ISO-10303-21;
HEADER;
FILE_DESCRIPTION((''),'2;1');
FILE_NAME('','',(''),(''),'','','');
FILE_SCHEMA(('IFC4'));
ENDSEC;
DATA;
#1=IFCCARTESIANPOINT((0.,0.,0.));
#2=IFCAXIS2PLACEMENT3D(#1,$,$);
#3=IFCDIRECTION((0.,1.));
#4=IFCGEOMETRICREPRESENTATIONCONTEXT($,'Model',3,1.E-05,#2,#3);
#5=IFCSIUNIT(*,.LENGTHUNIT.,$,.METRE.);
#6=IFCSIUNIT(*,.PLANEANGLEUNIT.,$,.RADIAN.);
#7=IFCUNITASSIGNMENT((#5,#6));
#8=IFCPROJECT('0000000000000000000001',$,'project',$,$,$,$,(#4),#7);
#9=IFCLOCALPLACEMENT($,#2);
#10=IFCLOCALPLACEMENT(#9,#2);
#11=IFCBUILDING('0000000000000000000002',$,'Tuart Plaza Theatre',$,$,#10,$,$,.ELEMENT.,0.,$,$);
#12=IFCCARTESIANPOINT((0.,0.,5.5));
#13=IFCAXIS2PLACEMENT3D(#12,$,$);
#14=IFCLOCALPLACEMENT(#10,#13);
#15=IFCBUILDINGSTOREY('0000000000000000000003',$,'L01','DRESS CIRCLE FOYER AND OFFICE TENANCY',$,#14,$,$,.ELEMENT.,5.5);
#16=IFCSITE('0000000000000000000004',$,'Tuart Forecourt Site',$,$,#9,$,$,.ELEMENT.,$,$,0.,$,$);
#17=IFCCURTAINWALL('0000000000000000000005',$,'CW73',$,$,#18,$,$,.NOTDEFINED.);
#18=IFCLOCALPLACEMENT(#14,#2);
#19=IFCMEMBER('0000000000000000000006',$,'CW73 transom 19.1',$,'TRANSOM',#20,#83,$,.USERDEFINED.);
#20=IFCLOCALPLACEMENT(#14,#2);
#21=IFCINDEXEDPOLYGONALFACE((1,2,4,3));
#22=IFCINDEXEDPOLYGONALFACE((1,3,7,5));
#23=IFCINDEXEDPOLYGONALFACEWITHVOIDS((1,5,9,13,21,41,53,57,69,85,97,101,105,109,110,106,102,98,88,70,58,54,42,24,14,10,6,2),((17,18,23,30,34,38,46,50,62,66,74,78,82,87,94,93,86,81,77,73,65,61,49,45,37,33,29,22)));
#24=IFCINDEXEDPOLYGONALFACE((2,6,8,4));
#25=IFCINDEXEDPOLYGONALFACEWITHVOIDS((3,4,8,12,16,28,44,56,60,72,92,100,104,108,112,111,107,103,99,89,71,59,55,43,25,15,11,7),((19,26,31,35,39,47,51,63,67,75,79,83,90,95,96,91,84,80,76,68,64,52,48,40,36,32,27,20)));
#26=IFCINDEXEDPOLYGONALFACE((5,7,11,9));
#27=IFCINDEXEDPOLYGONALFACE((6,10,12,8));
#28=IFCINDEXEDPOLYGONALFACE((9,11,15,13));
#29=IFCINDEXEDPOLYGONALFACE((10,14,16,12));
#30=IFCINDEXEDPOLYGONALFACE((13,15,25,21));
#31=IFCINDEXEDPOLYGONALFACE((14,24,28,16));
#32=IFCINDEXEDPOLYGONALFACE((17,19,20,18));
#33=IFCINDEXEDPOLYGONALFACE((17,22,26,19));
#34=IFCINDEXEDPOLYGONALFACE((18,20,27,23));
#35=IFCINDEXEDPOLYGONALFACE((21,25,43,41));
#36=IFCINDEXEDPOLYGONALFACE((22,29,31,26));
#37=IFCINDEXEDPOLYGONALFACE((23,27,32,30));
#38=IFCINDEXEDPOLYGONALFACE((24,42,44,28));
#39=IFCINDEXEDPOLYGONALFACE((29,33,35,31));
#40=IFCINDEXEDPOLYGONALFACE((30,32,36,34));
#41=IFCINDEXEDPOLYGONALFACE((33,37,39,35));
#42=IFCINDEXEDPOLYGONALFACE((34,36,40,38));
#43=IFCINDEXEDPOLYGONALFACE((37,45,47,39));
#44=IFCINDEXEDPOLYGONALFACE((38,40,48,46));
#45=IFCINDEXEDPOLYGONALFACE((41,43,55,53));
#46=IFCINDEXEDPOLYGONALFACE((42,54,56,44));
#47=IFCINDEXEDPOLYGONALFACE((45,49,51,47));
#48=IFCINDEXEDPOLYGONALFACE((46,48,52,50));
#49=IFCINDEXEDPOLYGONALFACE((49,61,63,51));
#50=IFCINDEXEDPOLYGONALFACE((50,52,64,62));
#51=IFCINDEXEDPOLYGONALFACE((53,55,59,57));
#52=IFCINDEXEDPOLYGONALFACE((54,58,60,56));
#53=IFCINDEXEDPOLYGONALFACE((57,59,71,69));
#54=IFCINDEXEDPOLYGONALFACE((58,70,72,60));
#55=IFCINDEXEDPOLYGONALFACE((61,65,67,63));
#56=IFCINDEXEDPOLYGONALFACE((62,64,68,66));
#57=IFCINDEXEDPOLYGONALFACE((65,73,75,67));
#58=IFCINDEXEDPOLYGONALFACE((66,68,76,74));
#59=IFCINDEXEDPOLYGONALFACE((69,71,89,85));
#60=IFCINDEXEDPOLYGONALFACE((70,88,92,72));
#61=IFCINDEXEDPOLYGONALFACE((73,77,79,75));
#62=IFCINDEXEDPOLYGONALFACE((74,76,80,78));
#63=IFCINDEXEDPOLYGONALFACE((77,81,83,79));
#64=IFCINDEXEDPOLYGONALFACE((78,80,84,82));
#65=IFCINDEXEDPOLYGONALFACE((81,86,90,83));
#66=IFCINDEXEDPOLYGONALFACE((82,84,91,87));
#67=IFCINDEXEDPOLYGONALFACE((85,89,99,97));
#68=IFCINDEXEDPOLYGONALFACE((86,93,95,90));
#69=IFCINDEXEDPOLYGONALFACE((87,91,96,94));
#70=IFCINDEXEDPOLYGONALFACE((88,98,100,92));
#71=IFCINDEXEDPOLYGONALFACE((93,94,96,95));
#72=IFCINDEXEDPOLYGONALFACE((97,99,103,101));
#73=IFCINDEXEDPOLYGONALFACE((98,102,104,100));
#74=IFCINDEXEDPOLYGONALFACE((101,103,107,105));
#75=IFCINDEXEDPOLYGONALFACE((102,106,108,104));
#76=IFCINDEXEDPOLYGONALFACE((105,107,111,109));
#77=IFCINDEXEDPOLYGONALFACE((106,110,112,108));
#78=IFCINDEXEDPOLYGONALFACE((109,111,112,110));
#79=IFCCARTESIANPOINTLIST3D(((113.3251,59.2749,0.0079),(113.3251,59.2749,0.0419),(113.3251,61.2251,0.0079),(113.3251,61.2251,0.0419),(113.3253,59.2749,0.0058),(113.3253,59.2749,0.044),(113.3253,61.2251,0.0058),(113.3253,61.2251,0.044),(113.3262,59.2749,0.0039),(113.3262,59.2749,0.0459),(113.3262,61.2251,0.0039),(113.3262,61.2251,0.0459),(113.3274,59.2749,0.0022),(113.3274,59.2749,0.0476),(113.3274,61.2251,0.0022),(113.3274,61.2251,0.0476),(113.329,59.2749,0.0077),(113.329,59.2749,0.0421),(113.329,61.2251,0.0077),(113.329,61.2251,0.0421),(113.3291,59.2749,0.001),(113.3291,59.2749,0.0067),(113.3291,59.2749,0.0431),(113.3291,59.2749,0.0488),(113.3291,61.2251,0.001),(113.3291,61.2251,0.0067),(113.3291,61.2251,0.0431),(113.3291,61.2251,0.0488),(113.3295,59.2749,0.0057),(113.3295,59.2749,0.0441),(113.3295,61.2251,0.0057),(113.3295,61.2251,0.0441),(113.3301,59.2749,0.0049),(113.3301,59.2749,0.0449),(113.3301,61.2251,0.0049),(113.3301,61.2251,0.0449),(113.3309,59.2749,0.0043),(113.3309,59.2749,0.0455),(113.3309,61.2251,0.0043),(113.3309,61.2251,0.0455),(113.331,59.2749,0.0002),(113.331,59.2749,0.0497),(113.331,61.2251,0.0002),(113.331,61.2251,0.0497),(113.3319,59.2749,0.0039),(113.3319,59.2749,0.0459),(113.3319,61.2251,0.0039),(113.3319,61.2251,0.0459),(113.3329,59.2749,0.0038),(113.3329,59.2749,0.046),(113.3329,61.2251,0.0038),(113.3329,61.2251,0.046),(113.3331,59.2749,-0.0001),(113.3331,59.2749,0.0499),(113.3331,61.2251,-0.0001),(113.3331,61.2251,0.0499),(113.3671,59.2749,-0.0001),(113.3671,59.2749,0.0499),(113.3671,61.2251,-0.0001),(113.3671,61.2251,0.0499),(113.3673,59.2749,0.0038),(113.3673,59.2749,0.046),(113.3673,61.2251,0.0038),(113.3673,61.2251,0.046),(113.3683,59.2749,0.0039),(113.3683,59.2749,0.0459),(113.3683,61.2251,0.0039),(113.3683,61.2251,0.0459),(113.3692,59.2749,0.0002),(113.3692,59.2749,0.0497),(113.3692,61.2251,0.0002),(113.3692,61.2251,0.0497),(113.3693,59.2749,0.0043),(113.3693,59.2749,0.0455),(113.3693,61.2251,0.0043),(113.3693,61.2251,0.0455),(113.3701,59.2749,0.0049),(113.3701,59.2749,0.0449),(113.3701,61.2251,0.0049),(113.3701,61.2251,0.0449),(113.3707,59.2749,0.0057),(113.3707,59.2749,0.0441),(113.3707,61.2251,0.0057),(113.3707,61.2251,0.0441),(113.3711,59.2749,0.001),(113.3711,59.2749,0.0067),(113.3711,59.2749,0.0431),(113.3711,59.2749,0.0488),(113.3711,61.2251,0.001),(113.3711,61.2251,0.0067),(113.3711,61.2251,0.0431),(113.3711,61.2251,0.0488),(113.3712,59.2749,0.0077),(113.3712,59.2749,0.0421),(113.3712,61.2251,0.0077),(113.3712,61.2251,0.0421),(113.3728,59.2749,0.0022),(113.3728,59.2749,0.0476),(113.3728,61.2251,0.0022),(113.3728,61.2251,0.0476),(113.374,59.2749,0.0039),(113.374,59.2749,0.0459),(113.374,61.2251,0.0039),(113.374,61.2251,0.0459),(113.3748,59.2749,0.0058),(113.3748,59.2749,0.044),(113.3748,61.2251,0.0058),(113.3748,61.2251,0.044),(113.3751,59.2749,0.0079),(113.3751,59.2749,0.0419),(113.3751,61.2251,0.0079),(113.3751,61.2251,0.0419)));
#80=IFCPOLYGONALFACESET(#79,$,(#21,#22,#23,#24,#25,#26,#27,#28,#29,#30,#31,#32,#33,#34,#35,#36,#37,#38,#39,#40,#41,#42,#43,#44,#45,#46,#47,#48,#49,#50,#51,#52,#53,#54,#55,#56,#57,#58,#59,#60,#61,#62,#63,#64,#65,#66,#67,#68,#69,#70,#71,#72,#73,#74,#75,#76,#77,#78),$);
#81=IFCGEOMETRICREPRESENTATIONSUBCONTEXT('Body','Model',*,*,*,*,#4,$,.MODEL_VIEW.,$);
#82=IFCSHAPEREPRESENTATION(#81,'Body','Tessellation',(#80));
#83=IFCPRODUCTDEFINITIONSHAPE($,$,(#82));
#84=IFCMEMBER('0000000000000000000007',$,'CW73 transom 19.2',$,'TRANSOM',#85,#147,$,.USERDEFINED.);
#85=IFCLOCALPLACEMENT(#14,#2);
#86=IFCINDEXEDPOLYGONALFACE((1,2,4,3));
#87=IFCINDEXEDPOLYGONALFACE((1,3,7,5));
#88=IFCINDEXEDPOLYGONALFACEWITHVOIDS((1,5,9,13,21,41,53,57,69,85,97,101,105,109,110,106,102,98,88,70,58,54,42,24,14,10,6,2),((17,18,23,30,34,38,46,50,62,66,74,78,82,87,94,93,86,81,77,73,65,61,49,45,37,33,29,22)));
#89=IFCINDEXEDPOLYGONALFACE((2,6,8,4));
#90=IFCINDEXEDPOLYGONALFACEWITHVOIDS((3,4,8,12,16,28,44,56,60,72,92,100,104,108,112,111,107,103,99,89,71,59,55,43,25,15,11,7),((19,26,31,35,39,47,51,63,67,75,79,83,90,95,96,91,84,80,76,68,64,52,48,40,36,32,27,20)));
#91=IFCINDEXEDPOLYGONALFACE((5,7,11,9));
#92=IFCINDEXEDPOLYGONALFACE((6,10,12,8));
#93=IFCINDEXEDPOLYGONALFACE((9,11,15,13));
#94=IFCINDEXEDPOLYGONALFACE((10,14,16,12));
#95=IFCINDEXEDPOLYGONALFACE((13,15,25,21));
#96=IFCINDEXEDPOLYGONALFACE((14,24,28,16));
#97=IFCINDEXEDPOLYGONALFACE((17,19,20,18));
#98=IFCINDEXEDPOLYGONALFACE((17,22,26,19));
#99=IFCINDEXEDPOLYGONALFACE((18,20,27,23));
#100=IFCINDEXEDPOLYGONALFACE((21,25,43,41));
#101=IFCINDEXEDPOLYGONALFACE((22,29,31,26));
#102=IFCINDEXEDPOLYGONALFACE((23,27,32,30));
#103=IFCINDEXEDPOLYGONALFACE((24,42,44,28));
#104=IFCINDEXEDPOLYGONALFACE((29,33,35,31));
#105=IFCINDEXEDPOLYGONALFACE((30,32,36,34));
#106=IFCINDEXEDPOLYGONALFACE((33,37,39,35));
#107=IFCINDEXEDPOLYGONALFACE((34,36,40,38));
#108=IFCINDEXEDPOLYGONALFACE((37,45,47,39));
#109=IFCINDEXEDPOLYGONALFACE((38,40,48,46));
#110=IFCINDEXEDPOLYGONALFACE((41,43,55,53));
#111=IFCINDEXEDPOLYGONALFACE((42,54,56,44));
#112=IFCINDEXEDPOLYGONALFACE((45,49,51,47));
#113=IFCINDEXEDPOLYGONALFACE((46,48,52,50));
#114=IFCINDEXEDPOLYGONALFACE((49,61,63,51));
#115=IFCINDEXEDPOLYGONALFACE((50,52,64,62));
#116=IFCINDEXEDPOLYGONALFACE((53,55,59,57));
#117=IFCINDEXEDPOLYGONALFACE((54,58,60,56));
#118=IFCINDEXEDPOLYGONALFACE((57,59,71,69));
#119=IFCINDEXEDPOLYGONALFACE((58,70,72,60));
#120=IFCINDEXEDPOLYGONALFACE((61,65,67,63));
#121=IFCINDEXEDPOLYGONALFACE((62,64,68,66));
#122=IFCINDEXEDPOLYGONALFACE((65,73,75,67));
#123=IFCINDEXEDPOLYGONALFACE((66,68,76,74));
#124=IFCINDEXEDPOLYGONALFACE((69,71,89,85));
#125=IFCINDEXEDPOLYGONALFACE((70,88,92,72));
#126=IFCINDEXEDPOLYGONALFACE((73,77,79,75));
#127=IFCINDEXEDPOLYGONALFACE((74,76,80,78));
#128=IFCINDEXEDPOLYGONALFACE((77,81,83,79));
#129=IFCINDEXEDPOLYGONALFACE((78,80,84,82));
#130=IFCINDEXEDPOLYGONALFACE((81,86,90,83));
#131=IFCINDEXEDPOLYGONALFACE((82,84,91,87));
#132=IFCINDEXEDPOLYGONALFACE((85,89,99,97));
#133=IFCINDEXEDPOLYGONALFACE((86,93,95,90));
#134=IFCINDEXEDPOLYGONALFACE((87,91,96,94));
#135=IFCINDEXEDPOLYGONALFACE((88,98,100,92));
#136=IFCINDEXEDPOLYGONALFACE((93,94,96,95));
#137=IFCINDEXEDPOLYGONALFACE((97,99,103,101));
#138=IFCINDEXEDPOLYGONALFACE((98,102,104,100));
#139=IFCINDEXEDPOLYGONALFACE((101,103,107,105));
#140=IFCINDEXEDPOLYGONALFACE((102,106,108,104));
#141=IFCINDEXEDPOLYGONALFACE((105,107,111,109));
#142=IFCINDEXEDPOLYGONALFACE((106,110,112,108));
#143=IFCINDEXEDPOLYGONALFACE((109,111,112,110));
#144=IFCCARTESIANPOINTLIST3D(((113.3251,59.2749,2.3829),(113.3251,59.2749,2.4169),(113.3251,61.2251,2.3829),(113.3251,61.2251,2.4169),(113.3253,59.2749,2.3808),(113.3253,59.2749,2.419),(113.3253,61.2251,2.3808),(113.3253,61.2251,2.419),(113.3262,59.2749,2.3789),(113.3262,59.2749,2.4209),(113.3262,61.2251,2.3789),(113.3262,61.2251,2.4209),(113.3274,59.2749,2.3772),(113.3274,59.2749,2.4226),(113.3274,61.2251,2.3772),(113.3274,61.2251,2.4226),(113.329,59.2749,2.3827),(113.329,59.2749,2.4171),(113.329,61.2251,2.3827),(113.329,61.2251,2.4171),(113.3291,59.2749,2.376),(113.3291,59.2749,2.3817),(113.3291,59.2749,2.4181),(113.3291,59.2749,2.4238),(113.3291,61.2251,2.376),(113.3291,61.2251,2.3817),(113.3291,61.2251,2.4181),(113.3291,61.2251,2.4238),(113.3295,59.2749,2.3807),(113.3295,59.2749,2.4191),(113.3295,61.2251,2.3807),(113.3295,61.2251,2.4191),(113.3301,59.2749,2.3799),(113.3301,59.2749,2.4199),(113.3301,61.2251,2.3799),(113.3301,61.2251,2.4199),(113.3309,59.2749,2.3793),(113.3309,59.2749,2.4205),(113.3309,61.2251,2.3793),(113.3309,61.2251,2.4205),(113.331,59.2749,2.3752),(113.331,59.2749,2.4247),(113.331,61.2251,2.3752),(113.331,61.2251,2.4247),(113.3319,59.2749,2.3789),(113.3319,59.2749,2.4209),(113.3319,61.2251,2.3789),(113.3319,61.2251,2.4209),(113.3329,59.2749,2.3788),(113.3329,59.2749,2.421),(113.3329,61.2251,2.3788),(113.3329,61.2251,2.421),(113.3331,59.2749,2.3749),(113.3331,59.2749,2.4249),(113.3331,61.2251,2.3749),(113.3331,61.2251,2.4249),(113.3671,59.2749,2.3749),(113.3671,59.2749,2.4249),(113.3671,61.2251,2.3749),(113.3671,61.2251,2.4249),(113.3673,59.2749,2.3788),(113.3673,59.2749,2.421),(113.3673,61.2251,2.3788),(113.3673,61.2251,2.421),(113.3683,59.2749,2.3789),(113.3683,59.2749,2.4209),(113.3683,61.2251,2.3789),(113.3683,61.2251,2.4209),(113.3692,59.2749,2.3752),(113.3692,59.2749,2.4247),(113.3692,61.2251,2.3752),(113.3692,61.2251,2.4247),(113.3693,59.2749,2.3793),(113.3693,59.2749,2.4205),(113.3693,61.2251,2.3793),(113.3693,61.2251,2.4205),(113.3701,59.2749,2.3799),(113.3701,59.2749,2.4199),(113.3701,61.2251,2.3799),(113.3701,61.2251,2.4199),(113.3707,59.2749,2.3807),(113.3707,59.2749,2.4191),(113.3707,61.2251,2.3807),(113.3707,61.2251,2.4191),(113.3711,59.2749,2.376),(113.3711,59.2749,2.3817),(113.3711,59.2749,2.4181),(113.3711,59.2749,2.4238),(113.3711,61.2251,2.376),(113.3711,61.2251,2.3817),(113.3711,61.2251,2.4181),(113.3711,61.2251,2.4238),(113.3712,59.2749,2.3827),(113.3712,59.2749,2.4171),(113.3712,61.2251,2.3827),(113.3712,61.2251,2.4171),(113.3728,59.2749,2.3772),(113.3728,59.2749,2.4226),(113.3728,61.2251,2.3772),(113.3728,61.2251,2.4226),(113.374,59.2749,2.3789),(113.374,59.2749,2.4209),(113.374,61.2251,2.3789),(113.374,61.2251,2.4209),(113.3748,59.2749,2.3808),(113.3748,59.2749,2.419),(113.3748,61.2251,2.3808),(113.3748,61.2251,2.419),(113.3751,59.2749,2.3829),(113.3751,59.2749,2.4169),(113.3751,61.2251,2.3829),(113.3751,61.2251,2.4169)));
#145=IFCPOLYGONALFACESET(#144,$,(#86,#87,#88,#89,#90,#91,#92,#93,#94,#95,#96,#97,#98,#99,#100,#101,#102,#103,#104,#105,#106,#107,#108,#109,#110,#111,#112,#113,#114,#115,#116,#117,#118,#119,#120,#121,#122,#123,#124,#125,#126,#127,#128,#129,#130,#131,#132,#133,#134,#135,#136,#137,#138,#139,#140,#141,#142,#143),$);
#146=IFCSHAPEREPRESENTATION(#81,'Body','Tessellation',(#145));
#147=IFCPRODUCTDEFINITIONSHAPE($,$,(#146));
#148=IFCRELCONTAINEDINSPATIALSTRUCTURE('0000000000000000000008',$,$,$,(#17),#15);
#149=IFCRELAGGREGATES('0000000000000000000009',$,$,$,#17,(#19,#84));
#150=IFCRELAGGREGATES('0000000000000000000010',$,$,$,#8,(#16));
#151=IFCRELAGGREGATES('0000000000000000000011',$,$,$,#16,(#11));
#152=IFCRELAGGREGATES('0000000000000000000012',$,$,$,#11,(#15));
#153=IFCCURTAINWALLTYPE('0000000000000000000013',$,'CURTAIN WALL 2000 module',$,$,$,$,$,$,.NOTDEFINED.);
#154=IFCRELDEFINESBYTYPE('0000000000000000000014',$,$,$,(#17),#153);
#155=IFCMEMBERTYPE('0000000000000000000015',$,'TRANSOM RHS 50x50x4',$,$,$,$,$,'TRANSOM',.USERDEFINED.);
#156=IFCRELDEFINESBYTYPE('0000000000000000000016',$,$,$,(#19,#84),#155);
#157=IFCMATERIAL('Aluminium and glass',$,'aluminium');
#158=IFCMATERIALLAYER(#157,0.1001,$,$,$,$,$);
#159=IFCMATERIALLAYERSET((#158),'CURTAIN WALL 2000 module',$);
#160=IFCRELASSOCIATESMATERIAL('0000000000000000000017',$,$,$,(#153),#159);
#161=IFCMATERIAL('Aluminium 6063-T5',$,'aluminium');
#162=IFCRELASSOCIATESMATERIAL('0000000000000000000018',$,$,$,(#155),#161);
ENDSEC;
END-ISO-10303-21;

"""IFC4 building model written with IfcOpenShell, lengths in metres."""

from ifc_helpers import new_model, si_unit, direction, frame, origin, origin_2d, place, context, subcontext, project, spatial, hollow_rectangle, extrude, material, layer, layer_set, material_profile, profile_set, type_object, element, aggregate, save


model = new_model("IFC4")

# Units and contexts
model_context = context("Model", 3, precision=1e-05, world=origin(), true_north=direction((0.0, 1.0)))
body_context = subcontext(model_context, "Body", "Model", "MODEL_VIEW")
ifc_project = project(units=[si_unit("LENGTHUNIT", "METRE"), si_unit("PLANEANGLEUNIT", "RADIAN")], contexts=[model_context])

# Site, building, storey
site_placement = place(None, origin())
site = spatial("IfcSite", under=ifc_project, at=site_placement, Name="Tuart Forecourt Site", CompositionType="ELEMENT", RefElevation=0.0)
building_placement = place(site_placement, origin())
building = spatial("IfcBuilding", under=site, at=building_placement, Name="Tuart Plaza Theatre", CompositionType="ELEMENT", ElevationOfRefHeight=0.0)
storey_placement = place(building_placement, frame((0.0, 0.0, 5.5)))
storey = spatial("IfcBuildingStorey", under=building, at=storey_placement, Name="L01", Description="DRESS CIRCLE FOYER AND OFFICE TENANCY", CompositionType="ELEMENT", Elevation=5.5)

# Curtain wall
ifc_material_1 = material(Name="Aluminium and glass", Category="aluminium")
ifc_layer_1 = layer(ifc_material_1, 0.1001)
ifc_layer_set_1 = layer_set([ifc_layer_1], Name="CURTAIN WALL 2000 module")
curtain_wall_type_1 = type_object("IfcCurtainWallType", Name="CURTAIN WALL 2000 module", PredefinedType="NOTDEFINED", material=ifc_layer_set_1)
curtain_wall_1_placement = place(storey_placement, origin())
curtain_wall_1 = element("IfcCurtainWall", 1, at=curtain_wall_1_placement, inside=storey, type_object=curtain_wall_type_1, Name="CW73", PredefinedType="NOTDEFINED")
ifc_material_2 = material(Name="Aluminium 6063-T5", Category="aluminium")
ifc_material_profile_1 = material_profile(ifc_material_2, hollow_rectangle(XDim=0.05, YDim=0.05, WallThickness=0.0039, InnerFilletRadius=0.0039, OuterFilletRadius=0.0081, at=origin_2d()), Name="RHS 50x50x4")
ifc_profile_set_1 = profile_set([ifc_material_profile_1], Name="Aluminium 6063-T5")
member_type_1 = type_object("IfcMemberType", Name="TRANSOM RHS 50x50x4", ElementType="TRANSOM", PredefinedType="USERDEFINED", material=ifc_profile_set_1)

# Members
member_1_placement = place(storey_placement, frame((113.3501, 61.2251, 0.0249), z_axis=(0.0, -1.0, 0.0), x_axis=(1.0, 0.0, 0.0)))
member_1 = element("IfcMember", 2, at=member_1_placement, type_object=member_type_1, Name="CW73 transom 19.1", ObjectType="TRANSOM", PredefinedType="USERDEFINED", context=body_context, shape_type="SweptSolid", body=[
    extrude(hollow_rectangle(XDim=0.05, YDim=0.05, WallThickness=0.0039, InnerFilletRadius=0.0039, OuterFilletRadius=0.0081, at=origin_2d()), origin(), (0.0, 0.0, 1.0), 1.9502),
])
member_2_placement = place(storey_placement, frame((113.3501, 61.2251, 2.3999), z_axis=(0.0, -1.0, 0.0), x_axis=(1.0, 0.0, 0.0)))
member_2 = element("IfcMember", 3, at=member_2_placement, type_object=member_type_1, Name="CW73 transom 19.2", ObjectType="TRANSOM", PredefinedType="USERDEFINED", context=body_context, shape_type="SweptSolid", body=[
    extrude(hollow_rectangle(XDim=0.05, YDim=0.05, WallThickness=0.0039, InnerFilletRadius=0.0039, OuterFilletRadius=0.0081, at=origin_2d()), origin(), (0.0, 0.0, 1.0), 1.9502),
])

aggregate(curtain_wall_1, [member_1, member_2])

save(model, "model.ifc")
